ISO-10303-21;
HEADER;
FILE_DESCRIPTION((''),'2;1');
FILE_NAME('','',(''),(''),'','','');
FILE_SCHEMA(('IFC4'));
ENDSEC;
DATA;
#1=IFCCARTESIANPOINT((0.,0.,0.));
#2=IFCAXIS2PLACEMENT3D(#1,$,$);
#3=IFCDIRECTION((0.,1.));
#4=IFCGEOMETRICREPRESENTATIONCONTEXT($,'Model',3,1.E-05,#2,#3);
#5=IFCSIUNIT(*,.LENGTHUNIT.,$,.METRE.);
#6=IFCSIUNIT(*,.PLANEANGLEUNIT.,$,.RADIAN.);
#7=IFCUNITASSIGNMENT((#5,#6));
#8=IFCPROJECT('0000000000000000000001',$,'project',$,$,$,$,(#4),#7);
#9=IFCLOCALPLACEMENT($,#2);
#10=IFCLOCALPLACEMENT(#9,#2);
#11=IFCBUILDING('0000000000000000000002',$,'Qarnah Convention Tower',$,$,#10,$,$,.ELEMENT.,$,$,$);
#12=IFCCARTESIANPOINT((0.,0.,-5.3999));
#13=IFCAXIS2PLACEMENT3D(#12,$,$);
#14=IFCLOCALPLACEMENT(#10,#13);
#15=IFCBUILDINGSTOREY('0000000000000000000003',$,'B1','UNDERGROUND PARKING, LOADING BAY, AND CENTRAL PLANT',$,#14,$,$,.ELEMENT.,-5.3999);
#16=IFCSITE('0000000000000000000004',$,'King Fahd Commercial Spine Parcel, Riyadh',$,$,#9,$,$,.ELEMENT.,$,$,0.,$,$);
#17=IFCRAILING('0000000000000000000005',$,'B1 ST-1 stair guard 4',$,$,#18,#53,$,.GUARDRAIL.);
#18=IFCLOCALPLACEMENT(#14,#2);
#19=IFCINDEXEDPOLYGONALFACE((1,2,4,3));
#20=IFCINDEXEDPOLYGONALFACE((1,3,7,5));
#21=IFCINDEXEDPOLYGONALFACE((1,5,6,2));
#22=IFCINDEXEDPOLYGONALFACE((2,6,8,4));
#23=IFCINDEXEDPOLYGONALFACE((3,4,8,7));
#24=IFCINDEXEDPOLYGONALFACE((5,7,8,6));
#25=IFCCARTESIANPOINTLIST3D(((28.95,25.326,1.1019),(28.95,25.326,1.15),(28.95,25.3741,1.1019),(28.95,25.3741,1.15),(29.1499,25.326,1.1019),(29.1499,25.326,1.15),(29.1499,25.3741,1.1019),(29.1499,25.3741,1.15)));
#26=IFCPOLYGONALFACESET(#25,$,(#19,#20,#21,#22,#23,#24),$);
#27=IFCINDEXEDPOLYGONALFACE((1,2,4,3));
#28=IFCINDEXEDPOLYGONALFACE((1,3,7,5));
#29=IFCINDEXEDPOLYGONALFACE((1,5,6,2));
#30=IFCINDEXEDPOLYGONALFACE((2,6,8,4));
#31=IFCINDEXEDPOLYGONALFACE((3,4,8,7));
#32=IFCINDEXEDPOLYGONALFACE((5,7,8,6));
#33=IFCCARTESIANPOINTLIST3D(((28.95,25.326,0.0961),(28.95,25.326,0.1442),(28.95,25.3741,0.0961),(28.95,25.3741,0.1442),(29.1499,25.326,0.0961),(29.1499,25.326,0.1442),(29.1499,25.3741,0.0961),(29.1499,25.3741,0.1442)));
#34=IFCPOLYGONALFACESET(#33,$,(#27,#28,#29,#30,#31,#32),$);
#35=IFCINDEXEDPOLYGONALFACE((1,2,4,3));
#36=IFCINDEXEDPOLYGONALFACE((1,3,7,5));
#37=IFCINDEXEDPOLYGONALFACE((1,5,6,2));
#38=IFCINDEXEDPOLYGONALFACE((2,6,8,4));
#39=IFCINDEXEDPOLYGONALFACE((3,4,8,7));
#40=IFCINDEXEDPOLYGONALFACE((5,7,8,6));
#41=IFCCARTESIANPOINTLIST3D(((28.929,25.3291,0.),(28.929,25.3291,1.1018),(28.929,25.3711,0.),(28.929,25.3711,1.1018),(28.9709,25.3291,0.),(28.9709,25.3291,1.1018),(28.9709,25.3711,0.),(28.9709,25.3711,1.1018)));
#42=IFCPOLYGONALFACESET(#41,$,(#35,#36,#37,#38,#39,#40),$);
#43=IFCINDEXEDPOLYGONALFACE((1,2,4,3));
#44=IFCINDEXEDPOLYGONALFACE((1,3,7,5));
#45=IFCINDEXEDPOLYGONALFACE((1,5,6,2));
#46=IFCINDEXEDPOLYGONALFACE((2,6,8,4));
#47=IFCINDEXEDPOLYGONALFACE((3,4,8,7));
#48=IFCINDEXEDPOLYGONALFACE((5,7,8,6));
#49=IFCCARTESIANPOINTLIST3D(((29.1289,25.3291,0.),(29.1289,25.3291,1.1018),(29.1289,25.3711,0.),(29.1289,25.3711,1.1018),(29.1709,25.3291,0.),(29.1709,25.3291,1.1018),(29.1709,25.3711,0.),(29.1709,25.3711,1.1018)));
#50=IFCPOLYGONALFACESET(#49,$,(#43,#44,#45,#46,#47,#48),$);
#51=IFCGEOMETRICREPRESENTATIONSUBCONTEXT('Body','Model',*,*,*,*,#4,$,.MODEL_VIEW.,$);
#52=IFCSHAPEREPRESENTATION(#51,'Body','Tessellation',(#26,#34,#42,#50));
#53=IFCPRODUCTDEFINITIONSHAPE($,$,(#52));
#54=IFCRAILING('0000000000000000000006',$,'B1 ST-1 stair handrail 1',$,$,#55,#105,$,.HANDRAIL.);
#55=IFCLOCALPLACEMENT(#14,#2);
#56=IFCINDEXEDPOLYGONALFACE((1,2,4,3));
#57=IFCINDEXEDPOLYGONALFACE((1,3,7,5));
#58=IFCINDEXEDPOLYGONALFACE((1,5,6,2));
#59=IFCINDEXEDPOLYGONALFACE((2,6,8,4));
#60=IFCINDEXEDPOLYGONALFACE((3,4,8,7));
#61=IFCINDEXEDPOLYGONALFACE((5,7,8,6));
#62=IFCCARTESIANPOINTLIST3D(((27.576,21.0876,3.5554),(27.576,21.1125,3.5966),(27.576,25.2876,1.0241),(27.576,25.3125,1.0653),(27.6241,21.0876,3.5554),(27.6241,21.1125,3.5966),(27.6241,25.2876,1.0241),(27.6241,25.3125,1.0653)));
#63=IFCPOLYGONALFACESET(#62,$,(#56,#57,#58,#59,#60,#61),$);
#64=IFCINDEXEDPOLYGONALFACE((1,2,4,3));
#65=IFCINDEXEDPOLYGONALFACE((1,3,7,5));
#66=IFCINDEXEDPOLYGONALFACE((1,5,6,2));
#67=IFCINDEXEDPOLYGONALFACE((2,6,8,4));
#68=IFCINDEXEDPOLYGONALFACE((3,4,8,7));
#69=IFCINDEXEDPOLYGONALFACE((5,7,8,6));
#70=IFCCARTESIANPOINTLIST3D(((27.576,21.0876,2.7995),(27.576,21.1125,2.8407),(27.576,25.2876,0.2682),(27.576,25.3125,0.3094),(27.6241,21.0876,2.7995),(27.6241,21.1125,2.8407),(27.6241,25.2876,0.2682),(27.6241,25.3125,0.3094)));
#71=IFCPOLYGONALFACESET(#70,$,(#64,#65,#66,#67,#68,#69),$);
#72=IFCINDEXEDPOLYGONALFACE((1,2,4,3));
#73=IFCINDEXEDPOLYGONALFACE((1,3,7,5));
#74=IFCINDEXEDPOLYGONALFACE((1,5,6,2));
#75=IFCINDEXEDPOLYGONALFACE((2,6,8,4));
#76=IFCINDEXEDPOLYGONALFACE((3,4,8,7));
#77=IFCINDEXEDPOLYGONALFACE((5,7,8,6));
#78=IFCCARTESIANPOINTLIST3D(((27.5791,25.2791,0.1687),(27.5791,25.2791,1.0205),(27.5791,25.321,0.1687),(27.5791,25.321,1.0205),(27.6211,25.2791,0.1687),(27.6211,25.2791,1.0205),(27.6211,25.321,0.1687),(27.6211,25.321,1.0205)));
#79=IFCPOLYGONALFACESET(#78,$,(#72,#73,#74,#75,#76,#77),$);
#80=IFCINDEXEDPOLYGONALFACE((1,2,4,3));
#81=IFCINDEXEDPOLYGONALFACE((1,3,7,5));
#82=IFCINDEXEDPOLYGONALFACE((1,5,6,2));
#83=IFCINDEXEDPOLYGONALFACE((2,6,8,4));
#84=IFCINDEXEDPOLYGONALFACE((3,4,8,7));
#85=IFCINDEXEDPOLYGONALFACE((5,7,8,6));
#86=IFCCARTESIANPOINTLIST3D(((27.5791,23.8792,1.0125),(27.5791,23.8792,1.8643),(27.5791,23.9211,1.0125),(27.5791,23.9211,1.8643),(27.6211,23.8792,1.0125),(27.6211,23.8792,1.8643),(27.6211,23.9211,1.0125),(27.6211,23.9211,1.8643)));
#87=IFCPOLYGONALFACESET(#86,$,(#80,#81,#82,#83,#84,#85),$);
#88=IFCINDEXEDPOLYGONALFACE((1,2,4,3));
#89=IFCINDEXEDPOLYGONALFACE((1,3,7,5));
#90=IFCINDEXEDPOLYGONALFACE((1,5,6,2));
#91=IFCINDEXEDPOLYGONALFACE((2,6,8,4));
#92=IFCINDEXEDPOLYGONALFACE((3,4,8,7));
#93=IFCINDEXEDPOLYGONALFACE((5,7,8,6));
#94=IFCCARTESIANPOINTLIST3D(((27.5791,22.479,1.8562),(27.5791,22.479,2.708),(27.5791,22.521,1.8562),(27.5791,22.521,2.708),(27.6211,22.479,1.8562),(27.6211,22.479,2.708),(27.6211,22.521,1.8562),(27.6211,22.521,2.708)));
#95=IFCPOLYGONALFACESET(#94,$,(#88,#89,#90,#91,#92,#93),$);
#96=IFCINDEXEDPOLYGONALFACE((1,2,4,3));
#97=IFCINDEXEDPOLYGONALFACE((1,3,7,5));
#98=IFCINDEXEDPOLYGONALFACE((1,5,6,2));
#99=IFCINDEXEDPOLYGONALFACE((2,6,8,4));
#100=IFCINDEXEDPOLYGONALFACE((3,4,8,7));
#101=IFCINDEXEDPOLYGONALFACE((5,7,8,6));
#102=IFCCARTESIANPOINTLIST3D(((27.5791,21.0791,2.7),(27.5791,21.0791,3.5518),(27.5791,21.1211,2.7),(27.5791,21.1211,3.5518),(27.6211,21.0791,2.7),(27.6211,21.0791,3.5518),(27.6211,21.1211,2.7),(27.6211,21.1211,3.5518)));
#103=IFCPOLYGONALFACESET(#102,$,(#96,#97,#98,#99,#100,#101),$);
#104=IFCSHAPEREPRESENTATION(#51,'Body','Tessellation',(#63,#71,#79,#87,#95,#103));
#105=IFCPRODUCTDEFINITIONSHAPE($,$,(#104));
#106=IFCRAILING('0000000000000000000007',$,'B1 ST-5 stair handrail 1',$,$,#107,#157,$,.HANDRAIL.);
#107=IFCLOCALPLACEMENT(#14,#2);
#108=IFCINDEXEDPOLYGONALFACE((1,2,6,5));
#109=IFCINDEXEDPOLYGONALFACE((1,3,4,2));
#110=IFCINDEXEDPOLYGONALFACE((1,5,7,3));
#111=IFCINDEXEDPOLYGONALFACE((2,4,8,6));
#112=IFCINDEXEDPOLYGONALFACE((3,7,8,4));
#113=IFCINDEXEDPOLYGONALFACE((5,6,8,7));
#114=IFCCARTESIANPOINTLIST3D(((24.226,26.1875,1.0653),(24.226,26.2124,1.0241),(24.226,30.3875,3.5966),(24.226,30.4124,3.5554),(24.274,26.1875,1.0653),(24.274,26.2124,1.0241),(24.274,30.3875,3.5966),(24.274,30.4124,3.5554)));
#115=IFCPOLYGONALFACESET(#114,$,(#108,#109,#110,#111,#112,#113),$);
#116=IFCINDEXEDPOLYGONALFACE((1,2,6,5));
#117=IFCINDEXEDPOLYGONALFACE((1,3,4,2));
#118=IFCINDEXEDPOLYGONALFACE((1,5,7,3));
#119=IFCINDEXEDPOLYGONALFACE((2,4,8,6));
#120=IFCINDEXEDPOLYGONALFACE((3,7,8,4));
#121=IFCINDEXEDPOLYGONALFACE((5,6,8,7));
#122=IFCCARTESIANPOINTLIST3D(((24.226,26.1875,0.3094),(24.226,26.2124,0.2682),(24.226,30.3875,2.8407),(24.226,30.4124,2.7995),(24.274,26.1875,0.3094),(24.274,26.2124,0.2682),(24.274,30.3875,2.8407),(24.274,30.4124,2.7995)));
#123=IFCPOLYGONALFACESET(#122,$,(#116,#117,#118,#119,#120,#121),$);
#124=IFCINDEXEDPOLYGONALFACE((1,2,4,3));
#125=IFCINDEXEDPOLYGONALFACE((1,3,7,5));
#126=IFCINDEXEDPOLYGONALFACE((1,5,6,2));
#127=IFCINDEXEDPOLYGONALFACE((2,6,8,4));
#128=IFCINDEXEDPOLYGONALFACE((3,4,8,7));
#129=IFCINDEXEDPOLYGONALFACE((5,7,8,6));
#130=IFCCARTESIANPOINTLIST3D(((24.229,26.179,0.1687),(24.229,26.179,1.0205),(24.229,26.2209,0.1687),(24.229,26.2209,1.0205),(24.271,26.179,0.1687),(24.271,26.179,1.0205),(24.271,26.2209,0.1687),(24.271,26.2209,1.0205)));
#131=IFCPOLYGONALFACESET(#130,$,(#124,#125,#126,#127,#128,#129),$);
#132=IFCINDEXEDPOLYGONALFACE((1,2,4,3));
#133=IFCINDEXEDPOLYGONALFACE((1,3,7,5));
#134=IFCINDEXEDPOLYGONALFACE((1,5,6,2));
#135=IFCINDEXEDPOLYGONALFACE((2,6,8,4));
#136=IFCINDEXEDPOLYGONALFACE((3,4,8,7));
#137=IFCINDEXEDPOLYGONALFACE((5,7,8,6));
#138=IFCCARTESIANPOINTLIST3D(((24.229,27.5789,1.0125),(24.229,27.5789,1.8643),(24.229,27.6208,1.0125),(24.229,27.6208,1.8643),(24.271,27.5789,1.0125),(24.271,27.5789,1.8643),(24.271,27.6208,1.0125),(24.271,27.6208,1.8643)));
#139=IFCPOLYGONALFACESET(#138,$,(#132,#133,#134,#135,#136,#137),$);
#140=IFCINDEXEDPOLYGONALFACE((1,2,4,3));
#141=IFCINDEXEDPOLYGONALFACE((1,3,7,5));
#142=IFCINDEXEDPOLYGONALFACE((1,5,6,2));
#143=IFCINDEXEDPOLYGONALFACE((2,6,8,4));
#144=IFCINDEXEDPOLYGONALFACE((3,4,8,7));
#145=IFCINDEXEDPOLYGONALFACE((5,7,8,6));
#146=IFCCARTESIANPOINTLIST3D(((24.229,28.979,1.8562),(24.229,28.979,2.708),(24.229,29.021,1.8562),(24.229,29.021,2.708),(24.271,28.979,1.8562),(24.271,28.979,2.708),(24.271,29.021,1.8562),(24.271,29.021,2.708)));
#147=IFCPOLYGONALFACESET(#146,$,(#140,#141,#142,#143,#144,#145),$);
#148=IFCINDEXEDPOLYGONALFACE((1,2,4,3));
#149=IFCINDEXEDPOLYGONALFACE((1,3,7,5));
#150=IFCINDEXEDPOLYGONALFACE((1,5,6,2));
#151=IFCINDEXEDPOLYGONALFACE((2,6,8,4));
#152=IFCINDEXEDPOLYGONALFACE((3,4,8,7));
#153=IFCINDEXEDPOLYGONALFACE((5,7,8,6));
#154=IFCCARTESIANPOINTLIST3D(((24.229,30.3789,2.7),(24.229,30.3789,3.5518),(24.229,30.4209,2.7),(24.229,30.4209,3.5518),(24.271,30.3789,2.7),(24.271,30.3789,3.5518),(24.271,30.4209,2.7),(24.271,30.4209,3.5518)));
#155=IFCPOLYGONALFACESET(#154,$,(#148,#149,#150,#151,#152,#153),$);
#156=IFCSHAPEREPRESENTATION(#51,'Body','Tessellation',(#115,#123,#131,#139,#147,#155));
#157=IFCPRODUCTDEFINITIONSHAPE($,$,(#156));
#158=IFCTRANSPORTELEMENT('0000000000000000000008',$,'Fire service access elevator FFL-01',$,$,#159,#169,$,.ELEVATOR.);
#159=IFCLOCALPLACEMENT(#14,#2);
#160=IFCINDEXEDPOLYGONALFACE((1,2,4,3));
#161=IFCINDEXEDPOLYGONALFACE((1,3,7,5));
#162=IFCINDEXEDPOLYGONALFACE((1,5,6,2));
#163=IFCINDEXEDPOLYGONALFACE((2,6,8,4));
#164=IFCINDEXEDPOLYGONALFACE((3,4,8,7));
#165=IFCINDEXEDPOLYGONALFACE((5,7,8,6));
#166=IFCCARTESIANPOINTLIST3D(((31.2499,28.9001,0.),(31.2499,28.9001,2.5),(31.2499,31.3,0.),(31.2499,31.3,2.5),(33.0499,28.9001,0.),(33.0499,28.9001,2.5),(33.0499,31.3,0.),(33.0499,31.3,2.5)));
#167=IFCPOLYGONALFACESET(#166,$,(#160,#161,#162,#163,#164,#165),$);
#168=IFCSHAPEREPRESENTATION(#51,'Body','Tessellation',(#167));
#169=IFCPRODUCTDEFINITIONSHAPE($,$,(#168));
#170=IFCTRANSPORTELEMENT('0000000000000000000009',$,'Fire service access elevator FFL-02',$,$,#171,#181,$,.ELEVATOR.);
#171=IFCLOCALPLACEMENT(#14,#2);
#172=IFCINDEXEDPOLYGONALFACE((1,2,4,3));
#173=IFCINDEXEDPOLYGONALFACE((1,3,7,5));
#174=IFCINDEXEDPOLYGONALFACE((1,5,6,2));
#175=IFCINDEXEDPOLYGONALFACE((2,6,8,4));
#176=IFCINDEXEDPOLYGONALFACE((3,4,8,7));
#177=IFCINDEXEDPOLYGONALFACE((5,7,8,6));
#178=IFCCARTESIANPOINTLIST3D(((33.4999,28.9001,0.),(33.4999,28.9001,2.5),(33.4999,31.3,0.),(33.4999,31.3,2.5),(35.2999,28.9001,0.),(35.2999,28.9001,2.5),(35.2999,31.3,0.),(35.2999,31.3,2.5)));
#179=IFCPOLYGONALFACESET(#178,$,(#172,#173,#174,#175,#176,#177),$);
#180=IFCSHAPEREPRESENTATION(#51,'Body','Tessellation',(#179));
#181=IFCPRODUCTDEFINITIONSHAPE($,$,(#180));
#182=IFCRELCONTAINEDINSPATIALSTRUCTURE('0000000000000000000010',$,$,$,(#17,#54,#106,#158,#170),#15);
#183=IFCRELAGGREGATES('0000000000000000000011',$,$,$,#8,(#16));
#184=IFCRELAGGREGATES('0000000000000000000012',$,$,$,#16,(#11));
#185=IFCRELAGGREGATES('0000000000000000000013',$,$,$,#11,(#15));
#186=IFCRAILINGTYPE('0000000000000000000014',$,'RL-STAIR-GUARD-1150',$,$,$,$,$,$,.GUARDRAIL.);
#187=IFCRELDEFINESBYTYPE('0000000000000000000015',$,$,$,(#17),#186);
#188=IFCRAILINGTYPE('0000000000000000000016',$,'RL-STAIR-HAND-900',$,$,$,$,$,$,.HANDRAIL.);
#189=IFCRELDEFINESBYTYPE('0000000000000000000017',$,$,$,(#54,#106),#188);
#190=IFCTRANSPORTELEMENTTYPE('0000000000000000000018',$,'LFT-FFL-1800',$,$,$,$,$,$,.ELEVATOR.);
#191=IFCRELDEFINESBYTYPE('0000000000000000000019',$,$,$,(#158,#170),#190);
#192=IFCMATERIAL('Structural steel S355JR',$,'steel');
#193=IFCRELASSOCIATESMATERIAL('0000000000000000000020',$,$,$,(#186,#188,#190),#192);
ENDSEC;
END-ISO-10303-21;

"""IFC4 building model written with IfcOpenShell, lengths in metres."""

from ifc_helpers import new_model, si_unit, direction, frame, origin, origin_2d, place, context, subcontext, project, spatial, rectangle, extrude, material, type_object, element, save


model = new_model("IFC4")

# Units and contexts
model_context = context("Model", 3, precision=1e-05, world=origin(), true_north=direction((0.0, 1.0)))
body_context = subcontext(model_context, "Body", "Model", "MODEL_VIEW")
ifc_project = project(units=[si_unit("LENGTHUNIT", "METRE"), si_unit("PLANEANGLEUNIT", "RADIAN")], contexts=[model_context])

# Site, building, storey
site_placement = place(None, origin())
site = spatial("IfcSite", under=ifc_project, at=site_placement, Name="King Fahd Commercial Spine Parcel, Riyadh", CompositionType="ELEMENT", RefElevation=0.0)
building_placement = place(site_placement, origin())
building = spatial("IfcBuilding", under=site, at=building_placement, Name="Qarnah Convention Tower", CompositionType="ELEMENT")
storey_placement = place(building_placement, frame((0.0, 0.0, -5.3999)))
storey = spatial("IfcBuildingStorey", under=building, at=storey_placement, Name="B1", Description="UNDERGROUND PARKING, LOADING BAY, AND CENTRAL PLANT", CompositionType="ELEMENT", Elevation=-5.3999)

# Shared definitions
ifc_material_1 = material(Name="Structural steel S355JR", Category="steel")

# Railings
railing_type_1 = type_object("IfcRailingType", Name="RL-STAIR-GUARD-1150", PredefinedType="GUARDRAIL", material=ifc_material_1)
railing_1_placement = place(storey_placement, frame((28.95, 25.3501, 0.0)))
element("IfcRailing", 1, at=railing_1_placement, inside=storey, type_object=railing_type_1, Name="B1 ST-1 stair guard 4", PredefinedType="GUARDRAIL", context=body_context, shape_type="SweptSolid", body=[
    extrude(rectangle(XDim=0.0481, YDim=0.0481, at=origin_2d()), frame((0.0, 0.0, 1.126), z_axis=(1.0, 0.0, 0.0), x_axis=(0.0, 1.0, 0.0)), (0.0, 0.0, 1.0), 0.2),
    extrude(rectangle(XDim=0.0481, YDim=0.0481, at=origin_2d()), frame((0.0, 0.0, 0.1201), z_axis=(1.0, 0.0, 0.0), x_axis=(0.0, 1.0, 0.0)), (0.0, 0.0, 1.0), 0.2),
    extrude(rectangle(XDim=0.042, YDim=0.042, at=origin_2d()), origin(), (0.0, 0.0, 1.0), 1.1018),
    extrude(rectangle(XDim=0.042, YDim=0.042, at=origin_2d()), frame((0.2, 0.0, 0.0)), (0.0, 0.0, 1.0), 1.1018),
])
railing_type_2 = type_object("IfcRailingType", Name="RL-STAIR-HAND-900", PredefinedType="HANDRAIL", material=ifc_material_1)
railing_2_placement = place(storey_placement, frame((27.6001, 25.3, 0.1687)))
element("IfcRailing", 2, at=railing_2_placement, inside=storey, type_object=railing_type_2, Name="B1 ST-1 stair handrail 1", PredefinedType="HANDRAIL", context=body_context, shape_type="SweptSolid", body=[
    extrude(rectangle(XDim=0.0481, YDim=0.0481, at=origin_2d()), frame((0.0, 0.0, 0.876), z_axis=(0.0, -0.856476, 0.516186), x_axis=(1.0, 0.0, 0.0)), (0.0, 0.0, 1.0), 4.9038),
    extrude(rectangle(XDim=0.0481, YDim=0.0481, at=origin_2d()), frame((0.0, 0.0, 0.1201), z_axis=(0.0, -0.856476, 0.516186), x_axis=(1.0, 0.0, 0.0)), (0.0, 0.0, 1.0), 4.9038),
    extrude(rectangle(XDim=0.042, YDim=0.042, at=origin_2d()), origin(), (0.0, 0.0, 1.0), 0.8518),
    extrude(rectangle(XDim=0.042, YDim=0.042, at=origin_2d()), frame((0.0, -1.3999, 0.8438)), (0.0, 0.0, 1.0), 0.8518),
    extrude(rectangle(XDim=0.042, YDim=0.042, at=origin_2d()), frame((0.0, -2.8, 1.6875)), (0.0, 0.0, 1.0), 0.8518),
    extrude(rectangle(XDim=0.042, YDim=0.042, at=origin_2d()), frame((0.0, -4.2, 2.5312)), (0.0, 0.0, 1.0), 0.8518),
])
railing_3_placement = place(storey_placement, frame((24.25, 26.2, 0.1687)))
element("IfcRailing", 3, at=railing_3_placement, inside=storey, type_object=railing_type_2, Name="B1 ST-5 stair handrail 1", PredefinedType="HANDRAIL", context=body_context, shape_type="SweptSolid", body=[
    extrude(rectangle(XDim=0.0481, YDim=0.0481, at=origin_2d()), frame((0.0, 0.0, 0.876), z_axis=(0.0, 0.856476, 0.516186), x_axis=(-1.0, 0.0, 0.0)), (0.0, 0.0, 1.0), 4.9038),
    extrude(rectangle(XDim=0.0481, YDim=0.0481, at=origin_2d()), frame((0.0, 0.0, 0.1201), z_axis=(0.0, 0.856476, 0.516186), x_axis=(-1.0, 0.0, 0.0)), (0.0, 0.0, 1.0), 4.9038),
    extrude(rectangle(XDim=0.042, YDim=0.042, at=origin_2d()), origin(), (0.0, 0.0, 1.0), 0.8518),
    extrude(rectangle(XDim=0.042, YDim=0.042, at=origin_2d()), frame((0.0, 1.3999, 0.8438)), (0.0, 0.0, 1.0), 0.8518),
    extrude(rectangle(XDim=0.042, YDim=0.042, at=origin_2d()), frame((0.0, 2.8, 1.6875)), (0.0, 0.0, 1.0), 0.8518),
    extrude(rectangle(XDim=0.042, YDim=0.042, at=origin_2d()), frame((0.0, 4.2, 2.5312)), (0.0, 0.0, 1.0), 0.8518),
])

# Transport elements
transport_element_type = type_object("IfcTransportElementType", Name="LFT-FFL-1800", PredefinedType="ELEVATOR", material=ifc_material_1)
for number, where, z_axis, x_axis, name in (
    (4, (32.1499, 30.1001, 0.0), (0.0, 0.0, 1.0), (1.0, 0.0, 0.0), "Fire service access elevator FFL-01"),
    (5, (34.3999, 30.1001, 0.0), (0.0, 0.0, 1.0), (1.0, 0.0, 0.0), "Fire service access elevator FFL-02"),
):
    element("IfcTransportElement", number, at=place(storey_placement, frame(where, z_axis=z_axis, x_axis=x_axis)), inside=storey, type_object=transport_element_type, Name=name, PredefinedType="ELEVATOR", context=body_context, shape_type="SweptSolid", body=[
        extrude(rectangle(XDim=1.8, YDim=2.3999, at=origin_2d()), origin(), (0.0, 0.0, 1.0), 2.5),
    ])

save(model, "model.ifc")
